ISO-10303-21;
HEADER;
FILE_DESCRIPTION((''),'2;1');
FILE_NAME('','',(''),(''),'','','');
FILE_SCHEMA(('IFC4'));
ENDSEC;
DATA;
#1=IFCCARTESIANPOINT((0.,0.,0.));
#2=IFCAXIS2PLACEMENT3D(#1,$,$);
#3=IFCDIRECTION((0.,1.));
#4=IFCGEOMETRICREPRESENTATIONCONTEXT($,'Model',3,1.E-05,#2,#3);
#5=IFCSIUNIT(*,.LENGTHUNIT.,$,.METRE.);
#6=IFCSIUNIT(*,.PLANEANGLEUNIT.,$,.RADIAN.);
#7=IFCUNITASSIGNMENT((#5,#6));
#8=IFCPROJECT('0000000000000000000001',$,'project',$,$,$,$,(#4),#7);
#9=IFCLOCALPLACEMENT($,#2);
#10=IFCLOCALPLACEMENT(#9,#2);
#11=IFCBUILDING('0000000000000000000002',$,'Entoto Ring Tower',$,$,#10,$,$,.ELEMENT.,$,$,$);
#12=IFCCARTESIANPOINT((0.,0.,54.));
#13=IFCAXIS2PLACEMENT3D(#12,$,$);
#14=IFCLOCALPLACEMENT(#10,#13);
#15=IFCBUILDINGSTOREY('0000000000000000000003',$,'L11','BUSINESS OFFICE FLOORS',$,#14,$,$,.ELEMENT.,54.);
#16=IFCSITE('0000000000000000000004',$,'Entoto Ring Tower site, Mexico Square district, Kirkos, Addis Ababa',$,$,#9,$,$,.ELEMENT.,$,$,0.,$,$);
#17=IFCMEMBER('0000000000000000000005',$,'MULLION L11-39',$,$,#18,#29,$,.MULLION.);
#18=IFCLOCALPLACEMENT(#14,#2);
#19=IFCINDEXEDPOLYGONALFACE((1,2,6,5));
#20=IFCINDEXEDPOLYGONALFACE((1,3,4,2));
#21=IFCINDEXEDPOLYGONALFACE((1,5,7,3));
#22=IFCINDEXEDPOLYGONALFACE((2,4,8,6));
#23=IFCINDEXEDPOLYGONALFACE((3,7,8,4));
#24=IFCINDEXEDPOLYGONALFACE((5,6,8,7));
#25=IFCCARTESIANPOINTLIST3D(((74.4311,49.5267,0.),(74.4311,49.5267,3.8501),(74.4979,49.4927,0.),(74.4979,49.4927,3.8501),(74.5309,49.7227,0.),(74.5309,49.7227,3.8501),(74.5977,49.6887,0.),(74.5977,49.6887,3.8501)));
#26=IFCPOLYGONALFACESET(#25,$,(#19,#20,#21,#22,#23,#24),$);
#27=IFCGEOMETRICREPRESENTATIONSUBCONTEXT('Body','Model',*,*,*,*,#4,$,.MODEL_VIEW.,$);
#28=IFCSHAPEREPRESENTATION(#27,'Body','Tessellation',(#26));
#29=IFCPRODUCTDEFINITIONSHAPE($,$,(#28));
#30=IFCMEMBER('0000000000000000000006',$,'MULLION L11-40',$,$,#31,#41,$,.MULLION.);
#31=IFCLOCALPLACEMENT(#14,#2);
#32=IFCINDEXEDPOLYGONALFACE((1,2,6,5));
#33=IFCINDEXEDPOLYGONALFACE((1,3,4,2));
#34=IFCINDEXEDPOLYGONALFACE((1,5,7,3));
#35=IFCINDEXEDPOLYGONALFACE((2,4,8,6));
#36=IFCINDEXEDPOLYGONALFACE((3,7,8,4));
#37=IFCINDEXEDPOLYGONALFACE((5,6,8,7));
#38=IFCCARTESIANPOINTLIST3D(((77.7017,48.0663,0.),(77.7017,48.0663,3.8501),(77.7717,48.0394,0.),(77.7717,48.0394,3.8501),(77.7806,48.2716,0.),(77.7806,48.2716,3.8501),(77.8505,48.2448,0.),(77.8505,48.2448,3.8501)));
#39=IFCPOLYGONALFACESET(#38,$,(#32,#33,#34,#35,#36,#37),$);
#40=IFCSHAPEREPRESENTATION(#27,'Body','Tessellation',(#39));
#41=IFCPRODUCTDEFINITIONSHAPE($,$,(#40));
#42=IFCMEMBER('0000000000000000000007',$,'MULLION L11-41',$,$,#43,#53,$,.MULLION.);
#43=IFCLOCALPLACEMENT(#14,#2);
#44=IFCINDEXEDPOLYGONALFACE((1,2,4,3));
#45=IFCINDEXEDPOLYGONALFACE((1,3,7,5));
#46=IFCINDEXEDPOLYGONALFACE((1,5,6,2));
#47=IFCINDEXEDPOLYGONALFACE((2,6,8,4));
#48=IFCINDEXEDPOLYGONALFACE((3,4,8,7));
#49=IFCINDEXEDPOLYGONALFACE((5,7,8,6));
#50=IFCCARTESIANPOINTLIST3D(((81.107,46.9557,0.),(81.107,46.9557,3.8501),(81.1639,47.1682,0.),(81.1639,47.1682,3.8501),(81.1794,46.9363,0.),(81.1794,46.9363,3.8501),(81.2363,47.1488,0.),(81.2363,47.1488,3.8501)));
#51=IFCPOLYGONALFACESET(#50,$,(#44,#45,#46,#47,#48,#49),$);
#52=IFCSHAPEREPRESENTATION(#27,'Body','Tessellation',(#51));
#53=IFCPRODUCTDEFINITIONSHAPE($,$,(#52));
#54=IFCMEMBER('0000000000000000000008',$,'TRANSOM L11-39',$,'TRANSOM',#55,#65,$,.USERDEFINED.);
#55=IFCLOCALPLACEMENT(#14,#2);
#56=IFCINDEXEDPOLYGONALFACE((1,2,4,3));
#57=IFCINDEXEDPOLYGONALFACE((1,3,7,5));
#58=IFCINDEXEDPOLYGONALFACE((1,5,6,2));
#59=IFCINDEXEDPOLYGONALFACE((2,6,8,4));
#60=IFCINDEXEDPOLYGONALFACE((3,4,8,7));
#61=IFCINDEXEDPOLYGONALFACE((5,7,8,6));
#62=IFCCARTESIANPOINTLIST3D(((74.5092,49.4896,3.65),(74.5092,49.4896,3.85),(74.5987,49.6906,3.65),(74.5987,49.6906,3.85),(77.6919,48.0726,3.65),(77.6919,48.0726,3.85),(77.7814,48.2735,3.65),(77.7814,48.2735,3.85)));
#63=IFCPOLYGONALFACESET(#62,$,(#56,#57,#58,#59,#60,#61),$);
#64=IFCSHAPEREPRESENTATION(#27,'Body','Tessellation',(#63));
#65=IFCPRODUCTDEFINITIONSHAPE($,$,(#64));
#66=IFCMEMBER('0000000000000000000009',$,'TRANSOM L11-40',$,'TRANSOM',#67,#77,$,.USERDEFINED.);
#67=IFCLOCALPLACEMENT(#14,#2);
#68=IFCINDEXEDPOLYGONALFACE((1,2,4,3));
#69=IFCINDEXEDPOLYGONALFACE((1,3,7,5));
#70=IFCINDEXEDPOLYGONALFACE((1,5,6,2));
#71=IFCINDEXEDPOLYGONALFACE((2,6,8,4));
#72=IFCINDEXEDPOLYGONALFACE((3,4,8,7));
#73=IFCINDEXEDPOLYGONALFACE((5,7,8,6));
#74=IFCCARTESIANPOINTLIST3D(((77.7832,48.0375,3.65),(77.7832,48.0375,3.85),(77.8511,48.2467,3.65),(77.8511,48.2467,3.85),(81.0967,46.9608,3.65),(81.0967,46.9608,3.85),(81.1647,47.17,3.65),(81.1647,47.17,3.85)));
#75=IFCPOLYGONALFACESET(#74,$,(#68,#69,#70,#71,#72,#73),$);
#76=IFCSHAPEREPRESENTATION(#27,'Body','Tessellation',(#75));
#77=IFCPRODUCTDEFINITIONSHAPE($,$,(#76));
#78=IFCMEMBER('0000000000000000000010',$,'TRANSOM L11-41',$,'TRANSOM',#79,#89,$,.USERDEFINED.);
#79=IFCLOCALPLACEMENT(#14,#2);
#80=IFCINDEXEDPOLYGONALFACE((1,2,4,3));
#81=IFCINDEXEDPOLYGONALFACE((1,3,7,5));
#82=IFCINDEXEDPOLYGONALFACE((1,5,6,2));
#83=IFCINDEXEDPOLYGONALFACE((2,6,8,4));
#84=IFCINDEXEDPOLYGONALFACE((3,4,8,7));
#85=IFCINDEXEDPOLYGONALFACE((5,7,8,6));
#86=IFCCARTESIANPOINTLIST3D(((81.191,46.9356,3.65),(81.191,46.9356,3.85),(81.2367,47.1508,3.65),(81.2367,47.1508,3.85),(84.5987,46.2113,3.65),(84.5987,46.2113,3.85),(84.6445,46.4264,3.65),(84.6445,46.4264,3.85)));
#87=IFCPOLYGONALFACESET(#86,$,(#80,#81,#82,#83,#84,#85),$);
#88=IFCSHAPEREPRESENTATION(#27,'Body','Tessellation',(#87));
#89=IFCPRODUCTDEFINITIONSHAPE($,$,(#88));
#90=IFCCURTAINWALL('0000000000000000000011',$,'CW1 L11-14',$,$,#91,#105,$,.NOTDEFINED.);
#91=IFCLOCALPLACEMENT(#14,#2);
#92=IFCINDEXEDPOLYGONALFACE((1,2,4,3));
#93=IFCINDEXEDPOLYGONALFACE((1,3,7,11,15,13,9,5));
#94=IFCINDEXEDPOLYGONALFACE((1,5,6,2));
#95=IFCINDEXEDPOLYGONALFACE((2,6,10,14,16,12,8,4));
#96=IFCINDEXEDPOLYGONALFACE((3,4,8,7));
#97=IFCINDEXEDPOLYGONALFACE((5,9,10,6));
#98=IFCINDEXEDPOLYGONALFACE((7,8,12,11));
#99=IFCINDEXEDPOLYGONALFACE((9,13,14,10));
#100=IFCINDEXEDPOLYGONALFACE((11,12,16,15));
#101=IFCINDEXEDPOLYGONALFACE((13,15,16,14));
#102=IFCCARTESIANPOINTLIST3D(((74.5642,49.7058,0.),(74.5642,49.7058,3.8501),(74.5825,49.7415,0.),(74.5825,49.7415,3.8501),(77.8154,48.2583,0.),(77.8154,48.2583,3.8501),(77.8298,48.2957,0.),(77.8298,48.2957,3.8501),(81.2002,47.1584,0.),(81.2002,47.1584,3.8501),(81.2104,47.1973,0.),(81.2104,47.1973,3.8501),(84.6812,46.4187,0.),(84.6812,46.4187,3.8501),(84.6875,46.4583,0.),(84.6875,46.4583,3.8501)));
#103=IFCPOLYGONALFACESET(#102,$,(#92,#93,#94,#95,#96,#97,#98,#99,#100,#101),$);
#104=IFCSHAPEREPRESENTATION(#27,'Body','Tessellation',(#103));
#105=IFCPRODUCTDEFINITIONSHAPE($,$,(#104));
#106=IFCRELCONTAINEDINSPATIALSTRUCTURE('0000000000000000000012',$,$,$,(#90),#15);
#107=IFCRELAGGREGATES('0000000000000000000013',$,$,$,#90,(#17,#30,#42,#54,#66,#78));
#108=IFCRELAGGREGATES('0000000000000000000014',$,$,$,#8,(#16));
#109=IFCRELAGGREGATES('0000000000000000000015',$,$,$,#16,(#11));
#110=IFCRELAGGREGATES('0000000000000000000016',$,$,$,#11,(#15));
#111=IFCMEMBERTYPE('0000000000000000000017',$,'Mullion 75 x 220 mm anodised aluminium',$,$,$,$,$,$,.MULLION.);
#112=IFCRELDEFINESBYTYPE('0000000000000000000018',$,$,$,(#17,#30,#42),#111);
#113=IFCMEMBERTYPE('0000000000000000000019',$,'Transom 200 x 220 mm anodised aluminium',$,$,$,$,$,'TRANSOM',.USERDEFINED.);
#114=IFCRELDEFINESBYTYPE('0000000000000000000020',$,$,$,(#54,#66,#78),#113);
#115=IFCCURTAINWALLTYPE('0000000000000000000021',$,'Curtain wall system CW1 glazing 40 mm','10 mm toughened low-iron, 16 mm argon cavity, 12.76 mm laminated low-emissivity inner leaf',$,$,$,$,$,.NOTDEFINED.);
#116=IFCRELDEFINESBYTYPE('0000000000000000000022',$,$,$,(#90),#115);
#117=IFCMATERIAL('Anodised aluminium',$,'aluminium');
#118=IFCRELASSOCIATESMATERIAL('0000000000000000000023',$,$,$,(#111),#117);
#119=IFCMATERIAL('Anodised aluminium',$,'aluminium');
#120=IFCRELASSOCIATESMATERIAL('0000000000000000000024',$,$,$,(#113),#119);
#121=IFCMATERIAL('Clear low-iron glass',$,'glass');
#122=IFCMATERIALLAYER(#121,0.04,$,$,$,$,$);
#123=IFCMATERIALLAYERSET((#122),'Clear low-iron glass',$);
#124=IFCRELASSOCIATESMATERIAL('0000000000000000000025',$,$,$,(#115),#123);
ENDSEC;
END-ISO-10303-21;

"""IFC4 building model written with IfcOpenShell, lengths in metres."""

from ifc_helpers import new_model, si_unit, direction, frame, origin, origin_2d, place, context, subcontext, project, spatial, polyline, rectangle, outline, extrude, material, layer, layer_set, material_profile, profile_set, type_object, element, aggregate, save


model = new_model("IFC4")

# Units and contexts
model_context = context("Model", 3, precision=1e-05, world=origin(), true_north=direction((0.0, 1.0)))
body_context = subcontext(model_context, "Body", "Model", "MODEL_VIEW")
ifc_project = project(units=[si_unit("LENGTHUNIT", "METRE"), si_unit("PLANEANGLEUNIT", "RADIAN")], contexts=[model_context])

# Members
ifc_material_1 = material(Name="Anodised aluminium", Category="aluminium")
ifc_material_profile_1 = material_profile(ifc_material_1, rectangle(XDim=0.075, YDim=0.22, at=origin_2d()), Name="Mullion 75 x 220 mm anodised aluminium")
ifc_profile_set_1 = profile_set([ifc_material_profile_1], Name="Anodised aluminium")
member_type_1 = type_object("IfcMemberType", Name="Mullion 75 x 220 mm anodised aluminium", PredefinedType="MULLION", material=ifc_profile_set_1)
site_placement = place(None, origin())
building_placement = place(site_placement, origin())
storey_placement = place(building_placement, frame((0.0, 0.0, 54.0)))
member_1_placement = place(storey_placement, frame((74.5144, 49.6077, 0.0), z_axis=(0.0, 0.0, 1.0), x_axis=(0.891007, -0.45399, 0.0)))
member_1 = element("IfcMember", 1, at=member_1_placement, type_object=member_type_1, Name="MULLION L11-39", PredefinedType="MULLION", context=body_context, shape_type="SweptSolid", body=[
    extrude(rectangle(XDim=0.075, YDim=0.22, at=origin_2d()), origin(), (0.0, 0.0, 1.0), 3.8501),
])
member_2_placement = place(storey_placement, frame((77.7761, 48.1555, 0.0), z_axis=(0.0, 0.0, 1.0), x_axis=(0.93358, -0.358368, 0.0)))
member_2 = element("IfcMember", 2, at=member_2_placement, type_object=member_type_1, Name="MULLION L11-40", PredefinedType="MULLION", context=body_context, shape_type="SweptSolid", body=[
    extrude(rectangle(XDim=0.075, YDim=0.22, at=origin_2d()), origin(), (0.0, 0.0, 1.0), 3.8501),
])
member_3_placement = place(storey_placement, frame((81.1716, 47.0522, 0.0), z_axis=(0.0, 0.0, 1.0), x_axis=(0.965926, -0.258819, 0.0)))
member_3 = element("IfcMember", 3, at=member_3_placement, type_object=member_type_1, Name="MULLION L11-41", PredefinedType="MULLION", context=body_context, shape_type="SweptSolid", body=[
    extrude(rectangle(XDim=0.075, YDim=0.22, at=origin_2d()), origin(), (0.0, 0.0, 1.0), 3.8501),
])
ifc_material_2 = material(Name="Anodised aluminium", Category="aluminium")
ifc_material_profile_2 = material_profile(ifc_material_2, rectangle(XDim=0.22, YDim=0.2, at=origin_2d()), Name="Transom 200 x 220 mm anodised aluminium")
ifc_profile_set_2 = profile_set([ifc_material_profile_2], Name="Anodised aluminium")
member_type_2 = type_object("IfcMemberType", Name="Transom 200 x 220 mm anodised aluminium", ElementType="TRANSOM", PredefinedType="USERDEFINED", material=ifc_profile_set_2)
member_4_placement = place(storey_placement, frame((74.554, 49.5901, 3.75), z_axis=(0.913545, -0.406737, 0.0), x_axis=(0.406737, 0.913545, 0.0)))
member_4 = element("IfcMember", 4, at=member_4_placement, type_object=member_type_2, Name="TRANSOM L11-39", ObjectType="TRANSOM", PredefinedType="USERDEFINED", context=body_context, shape_type="SweptSolid", body=[
    extrude(rectangle(XDim=0.22, YDim=0.2, at=origin_2d()), origin(), (0.0, 0.0, 1.0), 3.4839),
])
member_5_placement = place(storey_placement, frame((77.8171, 48.1421, 3.75), z_axis=(0.951053, -0.309029, 0.0), x_axis=(0.309029, 0.951053, 0.0)))
member_5 = element("IfcMember", 5, at=member_5_placement, type_object=member_type_2, Name="TRANSOM L11-40", ObjectType="TRANSOM", PredefinedType="USERDEFINED", context=body_context, shape_type="SweptSolid", body=[
    extrude(rectangle(XDim=0.22, YDim=0.2, at=origin_2d()), origin(), (0.0, 0.0, 1.0), 3.4841),
])
member_6_placement = place(storey_placement, frame((81.2139, 47.0432, 3.75), z_axis=(0.978146, -0.207921, 0.0), x_axis=(0.207921, 0.978146, 0.0)))
member_6 = element("IfcMember", 6, at=member_6_placement, type_object=member_type_2, Name="TRANSOM L11-41", ObjectType="TRANSOM", PredefinedType="USERDEFINED", context=body_context, shape_type="SweptSolid", body=[
    extrude(rectangle(XDim=0.22, YDim=0.2, at=origin_2d()), origin(), (0.0, 0.0, 1.0), 3.4839),
])

# Site, building, storey
site = spatial("IfcSite", under=ifc_project, at=site_placement, Name="Entoto Ring Tower site, Mexico Square district, Kirkos, Addis Ababa", CompositionType="ELEMENT", RefElevation=0.0)
building = spatial("IfcBuilding", under=site, at=building_placement, Name="Entoto Ring Tower", CompositionType="ELEMENT")
storey = spatial("IfcBuildingStorey", under=building, at=storey_placement, Name="L11", Description="BUSINESS OFFICE FLOORS", CompositionType="ELEMENT", Elevation=54.0)

# Curtain wall
ifc_material_3 = material(Name="Clear low-iron glass", Category="glass")
ifc_layer = layer(ifc_material_3, 0.04)
ifc_layer_set = layer_set([ifc_layer], Name="Clear low-iron glass")
curtain_wall_type = type_object("IfcCurtainWallType", Name="Curtain wall system CW1 glazing 40 mm", Description="10 mm toughened low-iron, 16 mm argon cavity, 12.76 mm laminated low-emissivity inner leaf", PredefinedType="NOTDEFINED", material=ifc_layer_set)
curtain_wall_1_placement = place(storey_placement, origin())
curtain_wall_1 = element("IfcCurtainWall", 7, at=curtain_wall_1_placement, inside=storey, type_object=curtain_wall_type, Name="CW1 L11-14", PredefinedType="NOTDEFINED", context=body_context, shape_type="SweptSolid", body=[
    extrude(outline(polyline([(74.5642, 49.7058), (77.8154, 48.2583), (81.2002, 47.1584), (84.6812, 46.4187), (84.6875, 46.4583), (81.2104, 47.1973), (77.8298, 48.2957), (74.5825, 49.7415), (74.5642, 49.7058)])), origin(), (0.0, 0.0, 1.0), 3.8501),
])
aggregate(curtain_wall_1, [member_1, member_2, member_3, member_4, member_5, member_6])

save(model, "model.ifc")
